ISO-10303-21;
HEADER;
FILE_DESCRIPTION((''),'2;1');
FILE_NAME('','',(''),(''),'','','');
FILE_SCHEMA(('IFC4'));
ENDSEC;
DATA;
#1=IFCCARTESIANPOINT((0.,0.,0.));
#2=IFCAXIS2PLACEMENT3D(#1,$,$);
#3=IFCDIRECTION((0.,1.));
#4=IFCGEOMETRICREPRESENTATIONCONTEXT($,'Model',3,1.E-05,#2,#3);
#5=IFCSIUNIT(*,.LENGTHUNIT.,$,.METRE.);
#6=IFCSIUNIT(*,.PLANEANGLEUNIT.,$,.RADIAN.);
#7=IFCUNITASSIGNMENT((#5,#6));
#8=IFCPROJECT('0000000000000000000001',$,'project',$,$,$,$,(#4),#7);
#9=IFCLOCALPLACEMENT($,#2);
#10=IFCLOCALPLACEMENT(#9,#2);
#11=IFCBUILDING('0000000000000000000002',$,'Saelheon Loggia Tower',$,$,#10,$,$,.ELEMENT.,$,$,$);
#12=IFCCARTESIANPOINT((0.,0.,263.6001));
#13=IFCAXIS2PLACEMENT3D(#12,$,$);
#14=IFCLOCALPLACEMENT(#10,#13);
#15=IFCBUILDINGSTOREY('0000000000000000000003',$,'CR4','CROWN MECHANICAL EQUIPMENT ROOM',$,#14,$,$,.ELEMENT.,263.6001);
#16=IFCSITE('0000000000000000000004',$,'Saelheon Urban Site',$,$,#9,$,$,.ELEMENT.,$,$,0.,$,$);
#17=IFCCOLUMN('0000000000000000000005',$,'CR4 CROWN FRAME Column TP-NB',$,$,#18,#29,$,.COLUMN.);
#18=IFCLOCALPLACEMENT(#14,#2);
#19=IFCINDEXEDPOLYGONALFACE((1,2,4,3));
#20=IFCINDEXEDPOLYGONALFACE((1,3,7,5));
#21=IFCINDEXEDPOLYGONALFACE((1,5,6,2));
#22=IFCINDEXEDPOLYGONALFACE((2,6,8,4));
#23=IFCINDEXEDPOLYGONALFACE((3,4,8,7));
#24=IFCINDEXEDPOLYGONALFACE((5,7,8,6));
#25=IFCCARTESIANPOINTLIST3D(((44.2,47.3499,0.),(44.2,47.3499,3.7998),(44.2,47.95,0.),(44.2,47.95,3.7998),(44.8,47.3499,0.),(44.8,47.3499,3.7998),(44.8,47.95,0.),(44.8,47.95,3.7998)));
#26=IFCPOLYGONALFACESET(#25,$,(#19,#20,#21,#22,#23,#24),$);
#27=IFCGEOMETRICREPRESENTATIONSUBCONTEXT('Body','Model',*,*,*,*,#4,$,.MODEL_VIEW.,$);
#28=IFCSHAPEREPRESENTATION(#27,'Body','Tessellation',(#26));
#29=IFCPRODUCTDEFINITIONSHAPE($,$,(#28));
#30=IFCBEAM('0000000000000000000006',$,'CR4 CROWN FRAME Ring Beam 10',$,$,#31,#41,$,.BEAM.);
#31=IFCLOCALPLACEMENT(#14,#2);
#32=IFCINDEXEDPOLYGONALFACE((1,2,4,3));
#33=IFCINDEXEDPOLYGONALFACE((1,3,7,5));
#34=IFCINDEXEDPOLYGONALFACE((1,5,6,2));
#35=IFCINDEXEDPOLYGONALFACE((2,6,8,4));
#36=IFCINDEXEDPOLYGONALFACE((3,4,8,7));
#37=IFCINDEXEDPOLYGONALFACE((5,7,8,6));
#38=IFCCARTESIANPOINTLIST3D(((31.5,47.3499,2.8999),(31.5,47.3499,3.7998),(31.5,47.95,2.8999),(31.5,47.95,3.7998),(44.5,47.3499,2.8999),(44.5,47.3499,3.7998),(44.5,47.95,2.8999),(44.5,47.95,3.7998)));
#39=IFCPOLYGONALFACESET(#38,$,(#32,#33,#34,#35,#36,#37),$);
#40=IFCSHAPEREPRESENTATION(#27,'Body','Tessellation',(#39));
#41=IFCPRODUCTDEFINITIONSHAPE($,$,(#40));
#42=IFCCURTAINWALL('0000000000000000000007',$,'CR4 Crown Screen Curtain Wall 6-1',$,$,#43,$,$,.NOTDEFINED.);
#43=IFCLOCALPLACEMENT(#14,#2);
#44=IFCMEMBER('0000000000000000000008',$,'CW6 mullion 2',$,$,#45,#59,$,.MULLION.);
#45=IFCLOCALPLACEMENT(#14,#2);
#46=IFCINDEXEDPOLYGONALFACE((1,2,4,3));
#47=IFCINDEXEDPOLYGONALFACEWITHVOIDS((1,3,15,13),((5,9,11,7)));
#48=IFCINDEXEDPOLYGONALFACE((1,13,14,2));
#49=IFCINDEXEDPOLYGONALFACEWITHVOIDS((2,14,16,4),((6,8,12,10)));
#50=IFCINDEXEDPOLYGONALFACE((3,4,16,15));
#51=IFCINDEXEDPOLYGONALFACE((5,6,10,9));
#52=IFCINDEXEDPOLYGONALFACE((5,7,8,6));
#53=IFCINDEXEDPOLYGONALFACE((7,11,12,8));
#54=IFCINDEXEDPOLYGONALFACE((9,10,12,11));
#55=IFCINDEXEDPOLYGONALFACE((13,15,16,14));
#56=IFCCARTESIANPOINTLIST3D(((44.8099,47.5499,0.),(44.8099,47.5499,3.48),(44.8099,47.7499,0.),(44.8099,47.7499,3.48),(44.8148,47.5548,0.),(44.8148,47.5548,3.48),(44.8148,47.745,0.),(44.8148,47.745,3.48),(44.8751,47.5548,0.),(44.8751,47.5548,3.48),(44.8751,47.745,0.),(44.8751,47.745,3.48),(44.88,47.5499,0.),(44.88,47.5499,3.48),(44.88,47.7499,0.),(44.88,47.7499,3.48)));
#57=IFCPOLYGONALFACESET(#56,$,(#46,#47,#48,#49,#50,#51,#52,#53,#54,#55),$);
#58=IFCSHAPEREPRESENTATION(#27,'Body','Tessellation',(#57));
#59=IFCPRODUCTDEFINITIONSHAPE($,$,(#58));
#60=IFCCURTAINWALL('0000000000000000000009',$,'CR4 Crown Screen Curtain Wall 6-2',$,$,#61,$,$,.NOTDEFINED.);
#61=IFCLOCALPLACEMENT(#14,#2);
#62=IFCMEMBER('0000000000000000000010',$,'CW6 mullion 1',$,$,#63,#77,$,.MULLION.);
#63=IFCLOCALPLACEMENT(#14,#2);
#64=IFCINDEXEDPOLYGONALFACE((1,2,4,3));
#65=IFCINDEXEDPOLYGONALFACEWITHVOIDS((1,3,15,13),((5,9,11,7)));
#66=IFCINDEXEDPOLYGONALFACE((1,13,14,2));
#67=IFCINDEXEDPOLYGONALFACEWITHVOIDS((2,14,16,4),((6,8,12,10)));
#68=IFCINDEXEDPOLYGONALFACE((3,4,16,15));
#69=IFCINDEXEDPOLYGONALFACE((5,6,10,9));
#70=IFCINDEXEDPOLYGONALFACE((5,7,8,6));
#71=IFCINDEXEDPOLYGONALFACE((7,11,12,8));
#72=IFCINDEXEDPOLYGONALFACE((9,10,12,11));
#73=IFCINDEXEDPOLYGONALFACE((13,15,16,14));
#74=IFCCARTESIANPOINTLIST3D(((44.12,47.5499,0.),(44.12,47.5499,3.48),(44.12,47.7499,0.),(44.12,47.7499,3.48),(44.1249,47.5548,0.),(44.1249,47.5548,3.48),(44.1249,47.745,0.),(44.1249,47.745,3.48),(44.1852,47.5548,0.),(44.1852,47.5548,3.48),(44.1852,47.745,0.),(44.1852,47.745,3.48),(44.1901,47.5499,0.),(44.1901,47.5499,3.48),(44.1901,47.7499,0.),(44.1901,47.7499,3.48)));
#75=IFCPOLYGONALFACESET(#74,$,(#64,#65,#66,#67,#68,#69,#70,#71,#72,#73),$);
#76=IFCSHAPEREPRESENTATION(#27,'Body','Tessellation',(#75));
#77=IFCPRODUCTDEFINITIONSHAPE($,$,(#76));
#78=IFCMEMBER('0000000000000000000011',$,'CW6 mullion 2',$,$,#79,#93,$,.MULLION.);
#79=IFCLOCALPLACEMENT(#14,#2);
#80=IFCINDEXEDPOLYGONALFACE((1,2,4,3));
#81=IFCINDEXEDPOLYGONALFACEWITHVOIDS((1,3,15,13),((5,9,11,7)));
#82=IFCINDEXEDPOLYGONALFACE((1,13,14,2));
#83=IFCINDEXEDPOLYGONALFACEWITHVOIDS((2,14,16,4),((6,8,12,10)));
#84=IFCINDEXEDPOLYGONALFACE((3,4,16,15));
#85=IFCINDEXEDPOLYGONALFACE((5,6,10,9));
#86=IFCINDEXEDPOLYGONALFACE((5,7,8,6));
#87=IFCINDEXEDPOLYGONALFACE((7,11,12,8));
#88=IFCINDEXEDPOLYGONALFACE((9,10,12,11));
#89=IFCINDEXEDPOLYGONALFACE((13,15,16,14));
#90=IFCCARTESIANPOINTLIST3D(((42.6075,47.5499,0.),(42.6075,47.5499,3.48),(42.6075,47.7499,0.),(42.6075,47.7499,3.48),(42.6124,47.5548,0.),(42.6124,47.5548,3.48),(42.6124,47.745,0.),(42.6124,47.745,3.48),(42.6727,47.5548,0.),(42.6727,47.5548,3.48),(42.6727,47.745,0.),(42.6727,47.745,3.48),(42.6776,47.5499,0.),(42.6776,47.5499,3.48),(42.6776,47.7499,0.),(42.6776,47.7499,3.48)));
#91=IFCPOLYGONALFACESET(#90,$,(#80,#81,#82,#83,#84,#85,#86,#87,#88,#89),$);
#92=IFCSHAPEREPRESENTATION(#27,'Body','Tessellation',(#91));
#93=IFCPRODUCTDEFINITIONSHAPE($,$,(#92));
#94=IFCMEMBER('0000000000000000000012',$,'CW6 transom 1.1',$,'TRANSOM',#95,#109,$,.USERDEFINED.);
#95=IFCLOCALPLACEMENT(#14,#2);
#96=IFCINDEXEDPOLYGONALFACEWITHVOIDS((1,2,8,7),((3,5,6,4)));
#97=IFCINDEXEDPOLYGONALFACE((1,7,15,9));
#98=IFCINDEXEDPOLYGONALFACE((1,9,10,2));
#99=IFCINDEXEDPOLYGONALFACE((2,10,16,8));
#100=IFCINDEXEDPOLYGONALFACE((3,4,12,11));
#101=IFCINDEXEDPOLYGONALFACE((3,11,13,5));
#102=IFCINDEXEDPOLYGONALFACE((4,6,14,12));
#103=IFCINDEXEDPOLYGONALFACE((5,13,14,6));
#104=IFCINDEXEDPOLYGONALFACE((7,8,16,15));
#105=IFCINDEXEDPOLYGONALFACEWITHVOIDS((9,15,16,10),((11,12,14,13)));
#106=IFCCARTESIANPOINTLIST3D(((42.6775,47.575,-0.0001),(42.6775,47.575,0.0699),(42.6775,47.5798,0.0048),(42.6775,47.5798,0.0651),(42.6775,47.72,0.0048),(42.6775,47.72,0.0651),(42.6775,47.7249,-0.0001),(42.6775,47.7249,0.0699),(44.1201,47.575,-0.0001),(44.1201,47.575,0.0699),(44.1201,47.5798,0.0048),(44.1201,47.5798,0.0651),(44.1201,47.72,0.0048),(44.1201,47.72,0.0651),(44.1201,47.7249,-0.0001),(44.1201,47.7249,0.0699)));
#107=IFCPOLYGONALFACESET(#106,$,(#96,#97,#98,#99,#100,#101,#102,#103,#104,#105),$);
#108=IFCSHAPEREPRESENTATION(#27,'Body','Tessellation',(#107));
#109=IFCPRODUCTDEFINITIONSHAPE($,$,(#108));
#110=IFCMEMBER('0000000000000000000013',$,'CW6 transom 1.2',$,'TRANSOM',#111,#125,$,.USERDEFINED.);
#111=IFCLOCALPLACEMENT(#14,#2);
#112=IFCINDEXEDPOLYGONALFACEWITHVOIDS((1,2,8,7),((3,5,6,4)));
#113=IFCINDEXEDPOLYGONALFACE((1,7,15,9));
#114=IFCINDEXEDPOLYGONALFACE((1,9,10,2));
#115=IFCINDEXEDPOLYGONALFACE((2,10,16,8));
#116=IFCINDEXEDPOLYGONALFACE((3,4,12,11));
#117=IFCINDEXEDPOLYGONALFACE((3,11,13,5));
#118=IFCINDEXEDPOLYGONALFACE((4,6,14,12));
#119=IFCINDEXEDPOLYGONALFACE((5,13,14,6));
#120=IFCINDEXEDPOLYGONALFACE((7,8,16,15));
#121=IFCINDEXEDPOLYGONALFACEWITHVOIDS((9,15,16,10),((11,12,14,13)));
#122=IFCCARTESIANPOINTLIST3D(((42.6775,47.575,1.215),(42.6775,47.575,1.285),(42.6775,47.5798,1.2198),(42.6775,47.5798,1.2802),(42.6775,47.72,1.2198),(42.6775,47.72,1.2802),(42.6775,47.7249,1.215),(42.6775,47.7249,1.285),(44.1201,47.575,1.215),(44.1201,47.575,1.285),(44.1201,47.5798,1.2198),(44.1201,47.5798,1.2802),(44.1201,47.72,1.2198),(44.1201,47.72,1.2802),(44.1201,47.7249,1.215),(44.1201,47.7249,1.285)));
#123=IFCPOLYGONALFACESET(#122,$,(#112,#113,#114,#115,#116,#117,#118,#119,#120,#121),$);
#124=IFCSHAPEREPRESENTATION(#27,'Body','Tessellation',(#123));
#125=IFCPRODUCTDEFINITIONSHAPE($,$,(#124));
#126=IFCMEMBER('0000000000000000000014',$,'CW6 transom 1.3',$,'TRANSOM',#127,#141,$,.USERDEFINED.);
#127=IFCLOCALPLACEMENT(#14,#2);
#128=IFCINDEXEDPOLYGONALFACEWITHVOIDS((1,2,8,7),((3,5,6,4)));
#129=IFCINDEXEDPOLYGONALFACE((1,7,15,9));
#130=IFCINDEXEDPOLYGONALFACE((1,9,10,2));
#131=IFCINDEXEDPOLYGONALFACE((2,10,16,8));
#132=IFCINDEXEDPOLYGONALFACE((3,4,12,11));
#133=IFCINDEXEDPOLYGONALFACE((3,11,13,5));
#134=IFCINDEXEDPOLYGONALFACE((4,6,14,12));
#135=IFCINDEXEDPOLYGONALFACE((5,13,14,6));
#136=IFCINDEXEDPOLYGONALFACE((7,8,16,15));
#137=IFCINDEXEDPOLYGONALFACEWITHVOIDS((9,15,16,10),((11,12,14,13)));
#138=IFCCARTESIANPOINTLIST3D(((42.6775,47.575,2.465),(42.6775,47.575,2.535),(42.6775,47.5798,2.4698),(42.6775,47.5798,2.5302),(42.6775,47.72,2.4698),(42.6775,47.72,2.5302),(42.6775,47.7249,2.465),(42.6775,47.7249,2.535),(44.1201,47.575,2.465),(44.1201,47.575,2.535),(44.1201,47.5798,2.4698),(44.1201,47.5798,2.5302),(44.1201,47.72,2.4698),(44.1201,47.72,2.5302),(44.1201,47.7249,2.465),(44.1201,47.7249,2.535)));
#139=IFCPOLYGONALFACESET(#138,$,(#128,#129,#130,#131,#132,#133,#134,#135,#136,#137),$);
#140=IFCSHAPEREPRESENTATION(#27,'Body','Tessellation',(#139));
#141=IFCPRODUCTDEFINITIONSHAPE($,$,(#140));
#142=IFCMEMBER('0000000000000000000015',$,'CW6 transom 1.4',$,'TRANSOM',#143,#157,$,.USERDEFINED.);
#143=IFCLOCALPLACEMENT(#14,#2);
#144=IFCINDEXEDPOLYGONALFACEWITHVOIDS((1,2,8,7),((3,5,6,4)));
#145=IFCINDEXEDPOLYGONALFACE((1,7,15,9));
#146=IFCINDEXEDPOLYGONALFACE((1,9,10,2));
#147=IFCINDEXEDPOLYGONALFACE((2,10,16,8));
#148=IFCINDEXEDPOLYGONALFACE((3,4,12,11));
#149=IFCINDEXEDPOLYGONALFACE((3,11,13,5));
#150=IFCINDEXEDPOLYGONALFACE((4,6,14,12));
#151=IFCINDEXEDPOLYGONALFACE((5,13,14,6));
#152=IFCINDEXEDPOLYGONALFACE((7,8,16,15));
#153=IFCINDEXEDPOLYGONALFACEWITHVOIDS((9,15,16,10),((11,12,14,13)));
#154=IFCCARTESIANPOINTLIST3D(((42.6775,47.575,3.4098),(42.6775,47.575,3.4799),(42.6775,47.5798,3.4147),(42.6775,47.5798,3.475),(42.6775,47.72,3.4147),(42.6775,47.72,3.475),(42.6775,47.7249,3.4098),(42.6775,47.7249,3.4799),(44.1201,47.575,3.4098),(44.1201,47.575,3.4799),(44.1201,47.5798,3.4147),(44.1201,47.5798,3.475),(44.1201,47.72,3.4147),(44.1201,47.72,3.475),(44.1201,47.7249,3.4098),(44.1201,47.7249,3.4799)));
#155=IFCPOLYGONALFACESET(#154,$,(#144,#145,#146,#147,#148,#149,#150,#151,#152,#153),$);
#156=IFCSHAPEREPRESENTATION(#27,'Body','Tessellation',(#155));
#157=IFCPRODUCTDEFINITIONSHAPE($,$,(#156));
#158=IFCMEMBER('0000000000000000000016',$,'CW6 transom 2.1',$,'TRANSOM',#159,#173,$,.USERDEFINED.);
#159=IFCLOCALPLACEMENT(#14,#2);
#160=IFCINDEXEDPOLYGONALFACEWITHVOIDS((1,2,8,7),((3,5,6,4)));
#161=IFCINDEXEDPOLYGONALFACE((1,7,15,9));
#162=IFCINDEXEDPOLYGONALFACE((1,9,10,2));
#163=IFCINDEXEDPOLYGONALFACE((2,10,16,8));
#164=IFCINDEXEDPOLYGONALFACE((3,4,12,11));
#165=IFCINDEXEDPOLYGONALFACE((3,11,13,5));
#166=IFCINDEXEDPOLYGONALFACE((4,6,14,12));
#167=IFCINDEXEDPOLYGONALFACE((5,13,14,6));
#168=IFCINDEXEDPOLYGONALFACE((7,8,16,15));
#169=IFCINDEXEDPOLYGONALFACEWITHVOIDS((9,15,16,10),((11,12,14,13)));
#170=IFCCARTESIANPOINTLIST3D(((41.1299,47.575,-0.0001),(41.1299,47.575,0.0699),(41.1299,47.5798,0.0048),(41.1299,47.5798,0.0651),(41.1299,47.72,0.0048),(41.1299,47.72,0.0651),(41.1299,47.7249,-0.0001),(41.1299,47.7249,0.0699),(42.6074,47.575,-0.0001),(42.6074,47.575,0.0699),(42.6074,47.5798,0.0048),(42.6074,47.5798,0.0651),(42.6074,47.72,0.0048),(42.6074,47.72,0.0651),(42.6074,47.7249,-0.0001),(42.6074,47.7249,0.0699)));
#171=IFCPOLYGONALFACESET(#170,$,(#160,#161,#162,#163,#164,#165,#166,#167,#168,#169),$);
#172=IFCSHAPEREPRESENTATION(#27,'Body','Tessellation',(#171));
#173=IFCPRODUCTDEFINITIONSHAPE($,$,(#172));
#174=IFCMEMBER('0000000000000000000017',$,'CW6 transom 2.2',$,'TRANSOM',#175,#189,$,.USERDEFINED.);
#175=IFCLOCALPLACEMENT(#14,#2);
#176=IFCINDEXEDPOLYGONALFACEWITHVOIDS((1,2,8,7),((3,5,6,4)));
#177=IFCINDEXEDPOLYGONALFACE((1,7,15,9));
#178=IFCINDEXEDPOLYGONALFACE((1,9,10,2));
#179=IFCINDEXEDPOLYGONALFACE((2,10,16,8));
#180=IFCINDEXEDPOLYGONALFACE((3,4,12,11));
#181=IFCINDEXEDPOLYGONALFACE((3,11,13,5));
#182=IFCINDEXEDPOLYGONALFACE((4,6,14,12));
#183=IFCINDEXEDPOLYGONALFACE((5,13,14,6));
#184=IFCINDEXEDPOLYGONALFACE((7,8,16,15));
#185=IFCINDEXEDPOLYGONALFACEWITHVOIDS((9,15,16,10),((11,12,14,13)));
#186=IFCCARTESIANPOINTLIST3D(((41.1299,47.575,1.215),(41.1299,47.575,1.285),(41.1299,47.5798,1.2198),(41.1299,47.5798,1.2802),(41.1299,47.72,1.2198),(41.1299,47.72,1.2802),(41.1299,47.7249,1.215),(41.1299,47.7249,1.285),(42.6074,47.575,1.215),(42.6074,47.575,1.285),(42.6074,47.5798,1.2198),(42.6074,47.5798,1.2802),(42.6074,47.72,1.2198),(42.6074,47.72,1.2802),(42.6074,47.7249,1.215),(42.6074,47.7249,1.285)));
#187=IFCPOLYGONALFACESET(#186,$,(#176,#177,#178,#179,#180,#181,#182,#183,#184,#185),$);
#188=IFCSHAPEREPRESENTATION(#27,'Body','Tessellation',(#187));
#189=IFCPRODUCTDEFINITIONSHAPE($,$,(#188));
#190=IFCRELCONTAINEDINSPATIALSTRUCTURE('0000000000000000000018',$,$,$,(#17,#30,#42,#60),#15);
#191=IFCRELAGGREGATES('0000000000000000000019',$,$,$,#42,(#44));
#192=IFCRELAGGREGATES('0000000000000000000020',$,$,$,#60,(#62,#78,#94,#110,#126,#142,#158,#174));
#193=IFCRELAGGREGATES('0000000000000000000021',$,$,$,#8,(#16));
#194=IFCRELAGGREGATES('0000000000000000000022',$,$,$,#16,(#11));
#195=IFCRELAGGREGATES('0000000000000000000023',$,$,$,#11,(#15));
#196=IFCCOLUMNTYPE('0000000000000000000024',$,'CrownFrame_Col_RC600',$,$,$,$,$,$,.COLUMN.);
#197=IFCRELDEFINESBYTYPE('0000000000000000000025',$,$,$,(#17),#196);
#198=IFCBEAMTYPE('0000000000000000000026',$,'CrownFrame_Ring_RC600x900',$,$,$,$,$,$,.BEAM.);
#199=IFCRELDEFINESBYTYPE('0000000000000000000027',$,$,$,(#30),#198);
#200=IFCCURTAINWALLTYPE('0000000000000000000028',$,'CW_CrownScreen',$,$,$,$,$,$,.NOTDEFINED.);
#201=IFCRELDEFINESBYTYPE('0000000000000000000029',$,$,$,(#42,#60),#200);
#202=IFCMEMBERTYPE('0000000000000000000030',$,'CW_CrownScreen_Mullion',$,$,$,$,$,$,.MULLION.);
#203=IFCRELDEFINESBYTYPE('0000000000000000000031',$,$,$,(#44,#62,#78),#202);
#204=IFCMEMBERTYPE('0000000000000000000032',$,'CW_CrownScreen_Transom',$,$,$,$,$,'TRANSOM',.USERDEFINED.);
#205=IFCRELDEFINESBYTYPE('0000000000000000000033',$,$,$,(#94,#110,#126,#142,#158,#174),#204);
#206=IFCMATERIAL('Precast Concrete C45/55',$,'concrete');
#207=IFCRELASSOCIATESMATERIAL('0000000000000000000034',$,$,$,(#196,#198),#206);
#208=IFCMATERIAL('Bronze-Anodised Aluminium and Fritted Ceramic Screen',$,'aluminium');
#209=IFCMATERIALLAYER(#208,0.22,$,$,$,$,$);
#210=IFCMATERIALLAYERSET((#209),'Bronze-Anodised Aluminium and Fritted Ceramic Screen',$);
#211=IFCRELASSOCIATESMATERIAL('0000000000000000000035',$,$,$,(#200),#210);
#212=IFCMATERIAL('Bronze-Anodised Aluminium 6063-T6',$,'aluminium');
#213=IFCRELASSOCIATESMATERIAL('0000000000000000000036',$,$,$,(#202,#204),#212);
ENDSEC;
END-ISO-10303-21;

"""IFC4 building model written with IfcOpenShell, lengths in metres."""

from ifc_helpers import new_model, si_unit, direction, frame, origin, origin_2d, place, context, subcontext, project, spatial, rectangle, hollow_rectangle, extrude, source, transform, mapped, material, layer, layer_set, material_profile, profile_set, type_object, element, aggregate, save


model = new_model("IFC4")

# Units and contexts
model_context = context("Model", 3, precision=1e-05, world=origin(), true_north=direction((0.0, 1.0)))
body_context = subcontext(model_context, "Body", "Model", "MODEL_VIEW")
ifc_project = project(units=[si_unit("LENGTHUNIT", "METRE"), si_unit("PLANEANGLEUNIT", "RADIAN")], contexts=[model_context])

# Site, building, storey
site_placement = place(None, origin())
site = spatial("IfcSite", under=ifc_project, at=site_placement, Name="Saelheon Urban Site", CompositionType="ELEMENT", RefElevation=0.0)
building_placement = place(site_placement, origin())
building = spatial("IfcBuilding", under=site, at=building_placement, Name="Saelheon Loggia Tower", CompositionType="ELEMENT")
storey_placement = place(building_placement, frame((0.0, 0.0, 263.6001)))
storey = spatial("IfcBuildingStorey", under=building, at=storey_placement, Name="CR4", Description="CROWN MECHANICAL EQUIPMENT ROOM", CompositionType="ELEMENT", Elevation=263.6001)

# Column
ifc_material_1 = material(Name="Precast Concrete C45/55", Category="concrete")
ifc_material_profile_1 = material_profile(ifc_material_1, rectangle(XDim=0.6001, YDim=0.6001, at=origin_2d()), Name="RC-600x600")
ifc_profile_set_1 = profile_set([ifc_material_profile_1], Name="Precast Concrete C45/55")
column_type = type_object("IfcColumnType", Name="CrownFrame_Col_RC600", PredefinedType="COLUMN", material=ifc_profile_set_1)
shared_shape_1 = source(origin(), body_context, "Body", "SweptSolid", [
    extrude(rectangle(XDim=0.6001, YDim=0.6001, at=origin_2d()), origin(), (0.0, 0.0, 1.0), 3.7998),
])
column_placement = place(storey_placement, frame((44.5, 47.6499, 0.0), z_axis=(0.0, 0.0, 1.0), x_axis=(1.0, 0.0, 0.0)))
element("IfcColumn", 1, at=column_placement, inside=storey, type_object=column_type, Name="CR4 CROWN FRAME Column TP-NB", PredefinedType="COLUMN", context=body_context, shape_type="MappedRepresentation", body=[
    mapped(shared_shape_1, transform((0.0, 0.0, 0.0), scale=1.0)),
])

# Beam
ifc_material_profile_2 = material_profile(ifc_material_1, rectangle(XDim=0.6001, YDim=0.8999, at=origin_2d()), Name="RC-600x900")
ifc_profile_set_2 = profile_set([ifc_material_profile_2], Name="Precast Concrete C45/55")
beam_type = type_object("IfcBeamType", Name="CrownFrame_Ring_RC600x900", PredefinedType="BEAM", material=ifc_profile_set_2)
shared_shape_2 = source(origin(), body_context, "Body", "SweptSolid", [
    extrude(rectangle(XDim=0.6001, YDim=0.8999, at=origin_2d()), origin(), (0.0, 0.0, 1.0), 13.0),
])
beam_placement = place(storey_placement, frame((44.5, 47.6499, 3.3499), z_axis=(-1.0, 0.0, 0.0), x_axis=(0.0, -1.0, 0.0)))
element("IfcBeam", 2, at=beam_placement, inside=storey, type_object=beam_type, Name="CR4 CROWN FRAME Ring Beam 10", PredefinedType="BEAM", context=body_context, shape_type="MappedRepresentation", body=[
    mapped(shared_shape_2, transform((0.0, 0.0, 0.0), scale=1.0)),
])

# Curtain wall, member
ifc_material_2 = material(Name="Bronze-Anodised Aluminium and Fritted Ceramic Screen", Category="aluminium")
ifc_layer_1 = layer(ifc_material_2, 0.22)
ifc_layer_set_1 = layer_set([ifc_layer_1], Name="Bronze-Anodised Aluminium and Fritted Ceramic Screen")
curtain_wall_type = type_object("IfcCurtainWallType", Name="CW_CrownScreen", PredefinedType="NOTDEFINED", material=ifc_layer_set_1)
curtain_wall_1_placement = place(storey_placement, origin())
curtain_wall_1 = element("IfcCurtainWall", 3, at=curtain_wall_1_placement, inside=storey, type_object=curtain_wall_type, Name="CR4 Crown Screen Curtain Wall 6-1", PredefinedType="NOTDEFINED")
ifc_material_3 = material(Name="Bronze-Anodised Aluminium 6063-T6", Category="aluminium")
ifc_material_profile_3 = material_profile(ifc_material_3, hollow_rectangle(XDim=0.0701, YDim=0.2, WallThickness=0.0049, at=origin_2d()), Name="RHS-200x70x5")
ifc_profile_set_3 = profile_set([ifc_material_profile_3], Name="Bronze-Anodised Aluminium 6063-T6")
member_type_1 = type_object("IfcMemberType", Name="CW_CrownScreen_Mullion", PredefinedType="MULLION", material=ifc_profile_set_3)
shared_shape_3 = source(origin(), body_context, "Body", "SweptSolid", [
    extrude(hollow_rectangle(XDim=0.0701, YDim=0.2, WallThickness=0.0049, at=origin_2d()), origin(), (0.0, 0.0, 1.0), 3.48),
])
member_1_placement = place(storey_placement, frame((44.845, 47.6499, 0.0), z_axis=(0.0, 0.0, 1.0), x_axis=(-1.0, 0.0, 0.0)))
member_1 = element("IfcMember", 4, at=member_1_placement, type_object=member_type_1, Name="CW6 mullion 2", PredefinedType="MULLION", context=body_context, shape_type="MappedRepresentation", body=[
    mapped(shared_shape_3, transform((0.0, 0.0, 0.0), scale=1.0)),
])

# Curtain wall, members
curtain_wall_2_placement = place(storey_placement, origin())
curtain_wall_2 = element("IfcCurtainWall", 5, at=curtain_wall_2_placement, inside=storey, type_object=curtain_wall_type, Name="CR4 Crown Screen Curtain Wall 6-2", PredefinedType="NOTDEFINED")
member_2_placement = place(storey_placement, frame((44.155, 47.6499, 0.0), z_axis=(0.0, 0.0, 1.0), x_axis=(-1.0, 0.0, 0.0)))
member_2 = element("IfcMember", 6, at=member_2_placement, type_object=member_type_1, Name="CW6 mullion 1", PredefinedType="MULLION", context=body_context, shape_type="MappedRepresentation", body=[
    mapped(shared_shape_3, transform((0.0, 0.0, 0.0), scale=1.0)),
])
member_3_placement = place(storey_placement, frame((42.6426, 47.6499, 0.0), z_axis=(0.0, 0.0, 1.0), x_axis=(-1.0, 0.0, 0.0)))
member_3 = element("IfcMember", 7, at=member_3_placement, type_object=member_type_1, Name="CW6 mullion 2", PredefinedType="MULLION", context=body_context, shape_type="MappedRepresentation", body=[
    mapped(shared_shape_3, transform((0.0, 0.0, 0.0), scale=1.0)),
])
ifc_material_profile_4 = material_profile(ifc_material_3, hollow_rectangle(XDim=0.0701, YDim=0.1499, WallThickness=0.0049, at=origin_2d()), Name="RHS-150x70x5")
ifc_profile_set_4 = profile_set([ifc_material_profile_4], Name="Bronze-Anodised Aluminium 6063-T6")
member_type_2 = type_object("IfcMemberType", Name="CW_CrownScreen_Transom", ElementType="TRANSOM", PredefinedType="USERDEFINED", material=ifc_profile_set_4)
shared_shape_4 = source(origin(), body_context, "Body", "SweptSolid", [
    extrude(hollow_rectangle(XDim=0.0701, YDim=0.1499, WallThickness=0.0049, at=origin_2d()), origin(), (0.0, 0.0, 1.0), 1.4426),
])
member_4_placement = place(storey_placement, frame((44.1201, 47.6499, 0.0349), z_axis=(-1.0, 0.0, 0.0), x_axis=(0.0, 0.0, 1.0)))
member_4 = element("IfcMember", 8, at=member_4_placement, type_object=member_type_2, Name="CW6 transom 1.1", ObjectType="TRANSOM", PredefinedType="USERDEFINED", context=body_context, shape_type="MappedRepresentation", body=[
    mapped(shared_shape_4, transform((0.0, 0.0, 0.0), scale=1.0)),
])
member_5_placement = place(storey_placement, frame((44.1201, 47.6499, 1.25), z_axis=(-1.0, 0.0, 0.0), x_axis=(0.0, 0.0, 1.0)))
member_5 = element("IfcMember", 9, at=member_5_placement, type_object=member_type_2, Name="CW6 transom 1.2", ObjectType="TRANSOM", PredefinedType="USERDEFINED", context=body_context, shape_type="MappedRepresentation", body=[
    mapped(shared_shape_4, transform((0.0, 0.0, 0.0), scale=1.0)),
])
member_6_placement = place(storey_placement, frame((44.1201, 47.6499, 2.5), z_axis=(-1.0, 0.0, 0.0), x_axis=(0.0, 0.0, 1.0)))
member_6 = element("IfcMember", 10, at=member_6_placement, type_object=member_type_2, Name="CW6 transom 1.3", ObjectType="TRANSOM", PredefinedType="USERDEFINED", context=body_context, shape_type="MappedRepresentation", body=[
    mapped(shared_shape_4, transform((0.0, 0.0, 0.0), scale=1.0)),
])
member_7_placement = place(storey_placement, frame((44.1201, 47.6499, 3.4448), z_axis=(-1.0, 0.0, 0.0), x_axis=(0.0, 0.0, 1.0)))
member_7 = element("IfcMember", 11, at=member_7_placement, type_object=member_type_2, Name="CW6 transom 1.4", ObjectType="TRANSOM", PredefinedType="USERDEFINED", context=body_context, shape_type="MappedRepresentation", body=[
    mapped(shared_shape_4, transform((0.0, 0.0, 0.0), scale=1.0)),
])
shared_shape_5 = source(origin(), body_context, "Body", "SweptSolid", [
    extrude(hollow_rectangle(XDim=0.0701, YDim=0.1499, WallThickness=0.0049, at=origin_2d()), origin(), (0.0, 0.0, 1.0), 1.4775),
])
member_8_placement = place(storey_placement, frame((42.6074, 47.6499, 0.0349), z_axis=(-1.0, 0.0, 0.0), x_axis=(0.0, 0.0, 1.0)))
member_8 = element("IfcMember", 12, at=member_8_placement, type_object=member_type_2, Name="CW6 transom 2.1", ObjectType="TRANSOM", PredefinedType="USERDEFINED", context=body_context, shape_type="MappedRepresentation", body=[
    mapped(shared_shape_5, transform((0.0, 0.0, 0.0), scale=1.0)),
])
member_9_placement = place(storey_placement, frame((42.6074, 47.6499, 1.25), z_axis=(-1.0, 0.0, 0.0), x_axis=(0.0, 0.0, 1.0)))
member_9 = element("IfcMember", 13, at=member_9_placement, type_object=member_type_2, Name="CW6 transom 2.2", ObjectType="TRANSOM", PredefinedType="USERDEFINED", context=body_context, shape_type="MappedRepresentation", body=[
    mapped(shared_shape_5, transform((0.0, 0.0, 0.0), scale=1.0)),
])

aggregate(curtain_wall_1, [member_1])
aggregate(curtain_wall_2, [member_2, member_3, member_4, member_5, member_6, member_7, member_8, member_9])

save(model, "model.ifc")
